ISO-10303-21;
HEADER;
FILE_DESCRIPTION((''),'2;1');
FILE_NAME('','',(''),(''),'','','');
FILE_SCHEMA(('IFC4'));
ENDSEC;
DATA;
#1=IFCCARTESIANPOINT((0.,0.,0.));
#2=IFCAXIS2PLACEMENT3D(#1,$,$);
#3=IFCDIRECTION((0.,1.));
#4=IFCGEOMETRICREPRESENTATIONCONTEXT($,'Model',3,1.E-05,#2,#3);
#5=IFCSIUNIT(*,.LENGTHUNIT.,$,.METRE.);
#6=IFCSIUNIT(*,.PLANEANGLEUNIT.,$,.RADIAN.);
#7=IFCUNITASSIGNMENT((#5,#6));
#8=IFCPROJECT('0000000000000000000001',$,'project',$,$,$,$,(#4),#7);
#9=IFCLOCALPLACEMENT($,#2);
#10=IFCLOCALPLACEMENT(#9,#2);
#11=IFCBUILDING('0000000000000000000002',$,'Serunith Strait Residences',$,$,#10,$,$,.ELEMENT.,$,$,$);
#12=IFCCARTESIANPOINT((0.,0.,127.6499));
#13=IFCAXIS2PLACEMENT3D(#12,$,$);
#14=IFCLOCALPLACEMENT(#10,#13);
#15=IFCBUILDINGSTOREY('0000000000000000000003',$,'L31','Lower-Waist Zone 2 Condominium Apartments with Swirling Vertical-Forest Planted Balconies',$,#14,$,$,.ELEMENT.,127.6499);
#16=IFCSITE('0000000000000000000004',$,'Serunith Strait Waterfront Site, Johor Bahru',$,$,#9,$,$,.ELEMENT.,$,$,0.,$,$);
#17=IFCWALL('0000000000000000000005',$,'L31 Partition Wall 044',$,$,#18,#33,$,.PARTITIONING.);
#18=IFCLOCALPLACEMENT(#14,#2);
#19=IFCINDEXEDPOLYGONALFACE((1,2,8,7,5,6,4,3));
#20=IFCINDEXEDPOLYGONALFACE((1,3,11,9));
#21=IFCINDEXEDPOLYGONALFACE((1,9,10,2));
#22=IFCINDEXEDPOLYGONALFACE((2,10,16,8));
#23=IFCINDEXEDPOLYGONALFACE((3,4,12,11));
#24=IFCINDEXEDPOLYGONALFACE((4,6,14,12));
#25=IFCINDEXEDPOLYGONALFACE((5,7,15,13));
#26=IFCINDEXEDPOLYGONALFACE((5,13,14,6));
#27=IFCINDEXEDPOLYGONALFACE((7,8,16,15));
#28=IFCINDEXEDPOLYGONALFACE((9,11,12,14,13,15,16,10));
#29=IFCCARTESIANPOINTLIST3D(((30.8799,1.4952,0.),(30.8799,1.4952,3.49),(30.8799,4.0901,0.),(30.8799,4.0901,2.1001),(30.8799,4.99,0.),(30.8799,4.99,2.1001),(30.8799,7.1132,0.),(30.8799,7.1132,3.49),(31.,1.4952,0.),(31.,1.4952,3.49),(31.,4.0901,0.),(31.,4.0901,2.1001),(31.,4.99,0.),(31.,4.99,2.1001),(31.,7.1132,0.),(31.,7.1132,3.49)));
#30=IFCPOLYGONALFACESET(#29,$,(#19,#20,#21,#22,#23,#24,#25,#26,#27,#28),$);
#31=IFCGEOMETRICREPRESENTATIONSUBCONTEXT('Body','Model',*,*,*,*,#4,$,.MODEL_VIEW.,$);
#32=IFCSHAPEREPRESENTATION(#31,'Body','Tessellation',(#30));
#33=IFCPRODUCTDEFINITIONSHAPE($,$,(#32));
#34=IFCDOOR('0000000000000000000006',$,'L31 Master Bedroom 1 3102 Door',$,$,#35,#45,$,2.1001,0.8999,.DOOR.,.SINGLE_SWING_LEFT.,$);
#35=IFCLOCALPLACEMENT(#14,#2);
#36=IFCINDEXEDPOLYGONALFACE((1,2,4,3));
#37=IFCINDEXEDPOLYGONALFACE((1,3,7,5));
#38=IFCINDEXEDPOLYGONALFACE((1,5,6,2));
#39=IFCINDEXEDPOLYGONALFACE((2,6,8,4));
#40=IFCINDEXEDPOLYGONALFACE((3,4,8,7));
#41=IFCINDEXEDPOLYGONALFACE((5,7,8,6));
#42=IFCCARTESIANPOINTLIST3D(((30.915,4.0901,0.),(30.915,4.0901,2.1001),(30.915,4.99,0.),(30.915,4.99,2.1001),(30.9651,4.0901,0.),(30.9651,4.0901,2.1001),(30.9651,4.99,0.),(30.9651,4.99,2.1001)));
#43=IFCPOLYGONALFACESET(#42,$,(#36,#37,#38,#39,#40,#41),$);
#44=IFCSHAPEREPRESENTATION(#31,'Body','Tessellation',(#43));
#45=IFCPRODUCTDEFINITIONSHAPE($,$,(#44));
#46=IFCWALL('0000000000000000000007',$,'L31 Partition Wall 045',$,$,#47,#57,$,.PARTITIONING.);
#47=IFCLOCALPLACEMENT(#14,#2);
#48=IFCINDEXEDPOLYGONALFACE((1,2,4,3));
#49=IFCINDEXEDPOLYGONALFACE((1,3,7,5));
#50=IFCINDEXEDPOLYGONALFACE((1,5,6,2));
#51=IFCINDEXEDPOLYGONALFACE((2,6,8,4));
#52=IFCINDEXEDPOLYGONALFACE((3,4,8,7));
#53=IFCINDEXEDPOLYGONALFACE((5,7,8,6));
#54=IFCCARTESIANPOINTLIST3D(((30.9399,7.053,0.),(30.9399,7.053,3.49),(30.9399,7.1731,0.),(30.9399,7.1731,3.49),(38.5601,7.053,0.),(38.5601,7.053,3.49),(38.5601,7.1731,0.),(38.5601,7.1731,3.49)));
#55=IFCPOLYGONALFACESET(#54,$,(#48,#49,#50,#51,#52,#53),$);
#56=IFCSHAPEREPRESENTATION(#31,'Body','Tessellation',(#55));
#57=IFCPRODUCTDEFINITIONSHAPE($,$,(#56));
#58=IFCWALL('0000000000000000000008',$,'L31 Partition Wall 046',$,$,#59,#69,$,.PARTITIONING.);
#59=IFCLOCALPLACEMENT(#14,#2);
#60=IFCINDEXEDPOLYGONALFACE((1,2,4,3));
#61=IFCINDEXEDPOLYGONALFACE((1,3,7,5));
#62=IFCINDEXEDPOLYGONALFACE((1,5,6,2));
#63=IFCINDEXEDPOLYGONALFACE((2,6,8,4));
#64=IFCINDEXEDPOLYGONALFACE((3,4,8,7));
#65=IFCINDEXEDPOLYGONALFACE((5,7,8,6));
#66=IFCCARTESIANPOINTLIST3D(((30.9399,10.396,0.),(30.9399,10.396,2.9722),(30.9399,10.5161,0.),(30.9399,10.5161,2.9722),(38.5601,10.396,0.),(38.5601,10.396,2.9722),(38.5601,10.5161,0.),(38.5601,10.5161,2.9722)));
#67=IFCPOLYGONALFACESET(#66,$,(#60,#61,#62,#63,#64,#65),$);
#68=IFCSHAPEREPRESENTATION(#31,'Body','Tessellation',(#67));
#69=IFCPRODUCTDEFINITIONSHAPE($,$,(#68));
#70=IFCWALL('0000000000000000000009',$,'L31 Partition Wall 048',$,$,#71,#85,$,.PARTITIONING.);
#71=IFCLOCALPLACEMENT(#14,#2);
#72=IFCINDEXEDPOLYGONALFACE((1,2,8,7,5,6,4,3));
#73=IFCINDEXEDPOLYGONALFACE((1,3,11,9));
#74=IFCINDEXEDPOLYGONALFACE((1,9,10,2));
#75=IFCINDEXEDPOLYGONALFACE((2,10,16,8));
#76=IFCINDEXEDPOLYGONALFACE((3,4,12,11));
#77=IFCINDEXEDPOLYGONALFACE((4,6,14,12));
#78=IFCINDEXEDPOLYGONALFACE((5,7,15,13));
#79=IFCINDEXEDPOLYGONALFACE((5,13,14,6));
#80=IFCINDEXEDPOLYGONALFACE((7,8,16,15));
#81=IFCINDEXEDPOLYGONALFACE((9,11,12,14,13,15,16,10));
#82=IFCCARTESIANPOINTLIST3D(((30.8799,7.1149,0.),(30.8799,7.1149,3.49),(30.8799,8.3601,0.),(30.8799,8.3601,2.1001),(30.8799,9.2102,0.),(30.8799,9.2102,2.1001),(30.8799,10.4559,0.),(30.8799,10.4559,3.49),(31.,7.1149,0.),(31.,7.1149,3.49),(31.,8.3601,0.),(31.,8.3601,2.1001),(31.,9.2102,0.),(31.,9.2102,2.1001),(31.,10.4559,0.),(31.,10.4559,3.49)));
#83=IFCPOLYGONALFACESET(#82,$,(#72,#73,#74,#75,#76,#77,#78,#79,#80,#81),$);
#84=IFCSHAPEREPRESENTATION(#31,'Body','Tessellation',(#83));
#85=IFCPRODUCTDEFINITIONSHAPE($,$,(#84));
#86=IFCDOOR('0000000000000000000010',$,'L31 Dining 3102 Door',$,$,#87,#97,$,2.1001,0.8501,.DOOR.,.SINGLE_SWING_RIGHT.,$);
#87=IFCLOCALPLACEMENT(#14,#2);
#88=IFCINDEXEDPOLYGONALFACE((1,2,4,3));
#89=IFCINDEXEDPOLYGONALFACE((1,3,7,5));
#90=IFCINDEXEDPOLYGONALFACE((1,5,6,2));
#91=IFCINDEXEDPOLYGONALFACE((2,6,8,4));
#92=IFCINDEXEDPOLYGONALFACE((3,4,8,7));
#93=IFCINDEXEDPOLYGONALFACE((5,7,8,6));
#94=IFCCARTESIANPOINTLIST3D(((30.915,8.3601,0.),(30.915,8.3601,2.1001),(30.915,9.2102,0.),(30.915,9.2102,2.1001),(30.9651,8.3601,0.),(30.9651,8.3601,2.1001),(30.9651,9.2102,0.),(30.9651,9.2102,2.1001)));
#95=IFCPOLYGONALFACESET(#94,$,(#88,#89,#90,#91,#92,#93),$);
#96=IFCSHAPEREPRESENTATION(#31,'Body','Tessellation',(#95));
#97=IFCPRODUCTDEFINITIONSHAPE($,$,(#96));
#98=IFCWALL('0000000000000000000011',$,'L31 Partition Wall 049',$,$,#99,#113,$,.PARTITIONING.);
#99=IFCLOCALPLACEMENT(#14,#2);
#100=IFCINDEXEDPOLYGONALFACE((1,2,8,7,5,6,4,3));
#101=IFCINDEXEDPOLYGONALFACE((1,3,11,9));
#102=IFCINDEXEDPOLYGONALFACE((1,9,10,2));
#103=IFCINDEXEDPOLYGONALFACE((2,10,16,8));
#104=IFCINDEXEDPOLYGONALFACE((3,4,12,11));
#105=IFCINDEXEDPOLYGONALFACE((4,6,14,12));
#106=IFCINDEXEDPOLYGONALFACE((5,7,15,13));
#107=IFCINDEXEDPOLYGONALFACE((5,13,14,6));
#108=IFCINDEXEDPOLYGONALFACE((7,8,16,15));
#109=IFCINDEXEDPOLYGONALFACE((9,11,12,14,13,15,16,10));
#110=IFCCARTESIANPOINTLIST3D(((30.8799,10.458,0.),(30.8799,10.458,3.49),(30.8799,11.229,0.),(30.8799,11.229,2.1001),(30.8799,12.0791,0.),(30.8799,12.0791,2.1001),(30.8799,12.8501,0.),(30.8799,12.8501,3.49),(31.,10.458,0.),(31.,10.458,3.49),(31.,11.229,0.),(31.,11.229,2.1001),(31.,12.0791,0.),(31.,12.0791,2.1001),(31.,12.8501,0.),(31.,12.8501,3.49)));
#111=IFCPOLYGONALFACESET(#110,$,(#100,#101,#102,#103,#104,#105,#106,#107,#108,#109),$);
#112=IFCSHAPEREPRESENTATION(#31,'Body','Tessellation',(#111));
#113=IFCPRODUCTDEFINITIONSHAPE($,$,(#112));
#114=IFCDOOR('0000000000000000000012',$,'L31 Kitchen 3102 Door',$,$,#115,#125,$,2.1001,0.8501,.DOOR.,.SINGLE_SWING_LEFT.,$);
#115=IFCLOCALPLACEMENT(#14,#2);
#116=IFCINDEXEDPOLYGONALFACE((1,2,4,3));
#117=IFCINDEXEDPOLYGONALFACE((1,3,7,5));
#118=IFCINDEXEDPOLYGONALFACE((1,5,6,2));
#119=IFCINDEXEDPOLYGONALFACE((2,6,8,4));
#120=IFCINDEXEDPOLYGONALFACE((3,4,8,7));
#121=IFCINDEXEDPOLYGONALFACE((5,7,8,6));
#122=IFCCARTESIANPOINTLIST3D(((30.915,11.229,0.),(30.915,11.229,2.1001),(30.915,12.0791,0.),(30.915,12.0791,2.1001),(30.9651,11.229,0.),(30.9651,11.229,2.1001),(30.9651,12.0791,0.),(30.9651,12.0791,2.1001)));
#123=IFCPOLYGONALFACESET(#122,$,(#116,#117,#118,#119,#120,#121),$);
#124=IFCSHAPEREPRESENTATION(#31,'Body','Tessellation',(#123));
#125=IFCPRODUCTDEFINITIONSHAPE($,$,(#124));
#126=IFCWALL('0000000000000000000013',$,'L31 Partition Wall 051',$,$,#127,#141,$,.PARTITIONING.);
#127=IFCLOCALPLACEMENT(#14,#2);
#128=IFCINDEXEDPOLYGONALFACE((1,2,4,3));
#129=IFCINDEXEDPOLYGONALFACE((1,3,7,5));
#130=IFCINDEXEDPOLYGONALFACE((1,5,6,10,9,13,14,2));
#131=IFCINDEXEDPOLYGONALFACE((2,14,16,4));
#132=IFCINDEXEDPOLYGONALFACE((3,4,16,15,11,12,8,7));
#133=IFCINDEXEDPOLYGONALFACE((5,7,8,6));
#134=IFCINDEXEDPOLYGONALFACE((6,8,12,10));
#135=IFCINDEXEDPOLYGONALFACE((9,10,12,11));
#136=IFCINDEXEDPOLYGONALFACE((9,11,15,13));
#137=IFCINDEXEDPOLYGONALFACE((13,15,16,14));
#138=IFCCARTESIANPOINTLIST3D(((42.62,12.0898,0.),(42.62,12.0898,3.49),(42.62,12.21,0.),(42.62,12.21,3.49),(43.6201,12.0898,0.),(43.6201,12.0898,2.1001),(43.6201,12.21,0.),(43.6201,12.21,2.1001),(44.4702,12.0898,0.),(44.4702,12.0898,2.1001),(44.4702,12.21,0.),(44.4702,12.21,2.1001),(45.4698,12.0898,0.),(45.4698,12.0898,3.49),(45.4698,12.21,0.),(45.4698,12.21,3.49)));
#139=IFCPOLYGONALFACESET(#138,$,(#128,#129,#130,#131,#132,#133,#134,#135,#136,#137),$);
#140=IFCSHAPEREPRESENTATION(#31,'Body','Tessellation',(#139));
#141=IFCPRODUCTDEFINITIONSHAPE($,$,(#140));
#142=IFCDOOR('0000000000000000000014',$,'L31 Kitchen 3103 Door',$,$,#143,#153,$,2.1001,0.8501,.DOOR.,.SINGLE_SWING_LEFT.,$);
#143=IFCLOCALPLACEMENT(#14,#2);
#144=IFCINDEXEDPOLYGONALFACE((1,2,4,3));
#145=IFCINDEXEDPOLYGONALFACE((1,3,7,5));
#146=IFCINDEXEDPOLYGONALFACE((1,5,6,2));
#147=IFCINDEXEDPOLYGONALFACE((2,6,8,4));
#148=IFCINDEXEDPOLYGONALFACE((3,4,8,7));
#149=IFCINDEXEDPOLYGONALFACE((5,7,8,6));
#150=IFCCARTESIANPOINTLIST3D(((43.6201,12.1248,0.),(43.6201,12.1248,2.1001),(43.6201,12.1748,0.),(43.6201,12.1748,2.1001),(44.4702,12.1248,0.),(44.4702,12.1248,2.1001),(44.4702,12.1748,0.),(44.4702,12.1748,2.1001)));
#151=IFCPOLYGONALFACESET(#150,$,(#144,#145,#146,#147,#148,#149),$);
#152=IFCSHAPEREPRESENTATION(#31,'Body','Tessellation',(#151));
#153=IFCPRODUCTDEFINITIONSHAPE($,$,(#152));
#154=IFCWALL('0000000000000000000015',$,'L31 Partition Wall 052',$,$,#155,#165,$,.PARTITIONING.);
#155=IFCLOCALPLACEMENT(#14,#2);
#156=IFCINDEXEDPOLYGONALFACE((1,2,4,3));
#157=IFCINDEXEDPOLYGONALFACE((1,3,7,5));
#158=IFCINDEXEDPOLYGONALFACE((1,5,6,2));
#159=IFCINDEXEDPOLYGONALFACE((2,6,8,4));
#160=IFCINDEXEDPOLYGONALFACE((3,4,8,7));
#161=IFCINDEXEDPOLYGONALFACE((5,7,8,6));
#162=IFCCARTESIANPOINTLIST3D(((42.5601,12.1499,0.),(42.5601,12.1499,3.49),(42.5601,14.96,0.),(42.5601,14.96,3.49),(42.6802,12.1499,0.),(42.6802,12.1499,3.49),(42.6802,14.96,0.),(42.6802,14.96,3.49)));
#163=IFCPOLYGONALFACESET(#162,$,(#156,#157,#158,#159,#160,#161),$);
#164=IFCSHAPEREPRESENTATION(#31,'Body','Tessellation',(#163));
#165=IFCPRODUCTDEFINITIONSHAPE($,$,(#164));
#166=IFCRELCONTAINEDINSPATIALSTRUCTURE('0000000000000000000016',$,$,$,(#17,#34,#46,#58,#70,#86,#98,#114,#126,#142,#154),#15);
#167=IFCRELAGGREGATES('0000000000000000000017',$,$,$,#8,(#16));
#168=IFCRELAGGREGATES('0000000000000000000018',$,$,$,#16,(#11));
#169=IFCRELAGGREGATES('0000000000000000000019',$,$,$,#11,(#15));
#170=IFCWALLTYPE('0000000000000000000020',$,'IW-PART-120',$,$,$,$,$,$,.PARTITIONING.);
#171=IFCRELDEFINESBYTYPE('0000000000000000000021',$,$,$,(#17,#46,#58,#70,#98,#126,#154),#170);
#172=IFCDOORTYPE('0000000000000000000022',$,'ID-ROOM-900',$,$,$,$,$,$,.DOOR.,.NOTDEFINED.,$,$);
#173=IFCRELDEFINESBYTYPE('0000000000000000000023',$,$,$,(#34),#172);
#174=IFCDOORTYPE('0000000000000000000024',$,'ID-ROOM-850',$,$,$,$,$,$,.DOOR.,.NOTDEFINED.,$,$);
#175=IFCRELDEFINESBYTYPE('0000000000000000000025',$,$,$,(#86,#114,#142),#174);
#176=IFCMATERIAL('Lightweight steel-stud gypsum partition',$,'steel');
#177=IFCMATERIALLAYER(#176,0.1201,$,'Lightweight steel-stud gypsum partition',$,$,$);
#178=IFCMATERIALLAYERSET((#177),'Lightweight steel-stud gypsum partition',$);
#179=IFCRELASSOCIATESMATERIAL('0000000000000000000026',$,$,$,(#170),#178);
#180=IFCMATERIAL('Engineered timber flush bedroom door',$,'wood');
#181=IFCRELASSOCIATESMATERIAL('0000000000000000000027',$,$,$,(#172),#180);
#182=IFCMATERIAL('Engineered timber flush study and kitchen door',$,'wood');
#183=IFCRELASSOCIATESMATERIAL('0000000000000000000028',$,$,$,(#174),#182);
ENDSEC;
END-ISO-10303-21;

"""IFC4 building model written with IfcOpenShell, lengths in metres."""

from ifc_helpers import new_model, si_unit, direction, frame, frame_2d, origin, place, context, subcontext, project, spatial, rectangle, extrude, source, transform, mapped, material, layer, layer_set, type_object, element, fill, save


model = new_model("IFC4")

# Units and contexts
model_context = context("Model", 3, precision=1e-05, world=origin(), true_north=direction((0.0, 1.0)))
body_context = subcontext(model_context, "Body", "Model", "MODEL_VIEW")
ifc_project = project(units=[si_unit("LENGTHUNIT", "METRE"), si_unit("PLANEANGLEUNIT", "RADIAN")], contexts=[model_context])

# Site, building, storey
site_placement = place(None, origin())
site = spatial("IfcSite", under=ifc_project, at=site_placement, Name="Serunith Strait Waterfront Site, Johor Bahru", CompositionType="ELEMENT", RefElevation=0.0)
building_placement = place(site_placement, origin())
building = spatial("IfcBuilding", under=site, at=building_placement, Name="Serunith Strait Residences", CompositionType="ELEMENT")
storey_placement = place(building_placement, frame((0.0, 0.0, 127.6499)))
storey = spatial("IfcBuildingStorey", under=building, at=storey_placement, Name="L31", Description="Lower-Waist Zone 2 Condominium Apartments with Swirling Vertical-Forest Planted Balconies", CompositionType="ELEMENT", Elevation=127.6499)

# Wall, opening, door
ifc_material_1 = material(Name="Lightweight steel-stud gypsum partition", Category="steel")
ifc_layer_1 = layer(ifc_material_1, 0.1201, Name="Lightweight steel-stud gypsum partition")
ifc_layer_set_1 = layer_set([ifc_layer_1], Name="Lightweight steel-stud gypsum partition")
wall_type_1 = type_object("IfcWallType", Name="IW-PART-120", PredefinedType="PARTITIONING", material=ifc_layer_set_1)
wall_1_placement = place(storey_placement, frame((30.9399, 1.4951, 0.0), z_axis=(0.0, 0.0, 1.0), x_axis=(0.0, 1.0, 0.0)))
wall_1 = element("IfcWall", 1, at=wall_1_placement, inside=storey, type_object=wall_type_1, Name="L31 Partition Wall 044", PredefinedType="PARTITIONING", context=body_context, shape_type="SweptSolid", body=[
    extrude(rectangle(XDim=5.6179, YDim=0.1201, at=frame_2d((2.8091, 0.0))), origin(), (0.0, 0.0, 1.0), 3.49),
])
opening_1_placement = place(wall_1_placement, frame((2.595, 0.0, 0.0)))
opening_1 = element("IfcOpeningElement", 2, at=opening_1_placement, cuts=wall_1, PredefinedType="OPENING", context=body_context, shape_type="SweptSolid", body=[
    extrude(rectangle(XDim=0.8999, YDim=2.1001, at=frame_2d((0.45, 1.05))), frame((0.0, 0.0701, 0.0), z_axis=(0.0, -1.0, 0.0), x_axis=(1.0, 0.0, 0.0)), (0.0, 0.0, 1.0), 0.1401),
])
ifc_material_2 = material(Name="Engineered timber flush bedroom door", Category="wood")
door_type_1 = type_object("IfcDoorType", Name="ID-ROOM-900", OperationType="NOTDEFINED", PredefinedType="DOOR", material=ifc_material_2)
shared_shape_1 = source(origin(), body_context, "Body", "SweptSolid", [
    extrude(rectangle(XDim=0.8999, YDim=2.1001, at=frame_2d((0.45, 1.05))), frame((0.0, 0.0249, 0.0), z_axis=(0.0, -1.0, 0.0), x_axis=(1.0, 0.0, 0.0)), (0.0, 0.0, 1.0), 0.05),
])
door_1_placement = place(opening_1_placement, origin())
door_1 = element("IfcDoor", 3, at=door_1_placement, inside=storey, type_object=door_type_1, Name="L31 Master Bedroom 1 3102 Door", OperationType="SINGLE_SWING_LEFT", OverallHeight=2.1001, OverallWidth=0.8999, PredefinedType="DOOR", context=body_context, shape_type="MappedRepresentation", body=[
    mapped(shared_shape_1, transform((0.0, 0.0, 0.0), scale=1.0)),
])
fill(opening_1, door_1)

# Walls
wall_2_placement = place(storey_placement, frame((30.9399, 7.113, 0.0), z_axis=(0.0, 0.0, 1.0), x_axis=(1.0, 0.0, 0.0)))
element("IfcWall", 4, at=wall_2_placement, inside=storey, type_object=wall_type_1, Name="L31 Partition Wall 045", PredefinedType="PARTITIONING", context=body_context, shape_type="SweptSolid", body=[
    extrude(rectangle(XDim=7.6201, YDim=0.1201, at=frame_2d((3.8101, 0.0))), origin(), (0.0, 0.0, 1.0), 3.49),
])
wall_3_placement = place(storey_placement, frame((30.9399, 10.4561, 0.0), z_axis=(0.0, 0.0, 1.0), x_axis=(1.0, 0.0, 0.0)))
element("IfcWall", 5, at=wall_3_placement, inside=storey, type_object=wall_type_1, Name="L31 Partition Wall 046", PredefinedType="PARTITIONING", context=body_context, shape_type="SweptSolid", body=[
    extrude(rectangle(XDim=7.6201, YDim=0.1201, at=frame_2d((3.8101, 0.0))), origin(), (0.0, 0.0, 1.0), 2.9722),
])

# Walls, openings, doors
wall_4_placement = place(storey_placement, frame((30.9399, 7.115, 0.0), z_axis=(0.0, 0.0, 1.0), x_axis=(0.0, 1.0, 0.0)))
wall_4 = element("IfcWall", 6, at=wall_4_placement, inside=storey, type_object=wall_type_1, Name="L31 Partition Wall 048", PredefinedType="PARTITIONING", context=body_context, shape_type="SweptSolid", body=[
    extrude(rectangle(XDim=3.3411, YDim=0.1201, at=frame_2d((1.6704, 0.0))), origin(), (0.0, 0.0, 1.0), 3.49),
])
opening_2_placement = place(wall_4_placement, frame((1.2451, 0.0, 0.0)))
opening_2 = element("IfcOpeningElement", 7, at=opening_2_placement, cuts=wall_4, PredefinedType="OPENING", context=body_context, shape_type="SweptSolid", body=[
    extrude(rectangle(XDim=0.8501, YDim=2.1001, at=frame_2d((0.425, 1.05))), frame((0.0, 0.0701, 0.0), z_axis=(0.0, -1.0, 0.0), x_axis=(1.0, 0.0, 0.0)), (0.0, 0.0, 1.0), 0.1401),
])
ifc_material_3 = material(Name="Engineered timber flush study and kitchen door", Category="wood")
door_type_2 = type_object("IfcDoorType", Name="ID-ROOM-850", OperationType="NOTDEFINED", PredefinedType="DOOR", material=ifc_material_3)
shared_shape_2 = source(origin(), body_context, "Body", "SweptSolid", [
    extrude(rectangle(XDim=0.8501, YDim=2.1001, at=frame_2d((0.425, 1.05))), frame((0.0, 0.0249, 0.0), z_axis=(0.0, -1.0, 0.0), x_axis=(1.0, 0.0, 0.0)), (0.0, 0.0, 1.0), 0.05),
])
door_2_placement = place(opening_2_placement, origin())
door_2 = element("IfcDoor", 8, at=door_2_placement, inside=storey, type_object=door_type_2, Name="L31 Dining 3102 Door", OperationType="SINGLE_SWING_RIGHT", OverallHeight=2.1001, OverallWidth=0.8501, PredefinedType="DOOR", context=body_context, shape_type="MappedRepresentation", body=[
    mapped(shared_shape_2, transform((0.0, 0.0, 0.0), scale=1.0)),
])
fill(opening_2, door_2)
wall_5_placement = place(storey_placement, frame((30.9399, 10.458, 0.0), z_axis=(0.0, 0.0, 1.0), x_axis=(0.0, 1.0, 0.0)))
wall_5 = element("IfcWall", 9, at=wall_5_placement, inside=storey, type_object=wall_type_1, Name="L31 Partition Wall 049", PredefinedType="PARTITIONING", context=body_context, shape_type="SweptSolid", body=[
    extrude(rectangle(XDim=2.3921, YDim=0.1201, at=frame_2d((1.196, 0.0))), origin(), (0.0, 0.0, 1.0), 3.49),
])
opening_3_placement = place(wall_5_placement, frame((0.771, 0.0, 0.0)))
opening_3 = element("IfcOpeningElement", 10, at=opening_3_placement, cuts=wall_5, PredefinedType="OPENING", context=body_context, shape_type="SweptSolid", body=[
    extrude(rectangle(XDim=0.8501, YDim=2.1001, at=frame_2d((0.425, 1.05))), frame((0.0, 0.0701, 0.0), z_axis=(0.0, -1.0, 0.0), x_axis=(1.0, 0.0, 0.0)), (0.0, 0.0, 1.0), 0.1401),
])
door_3_placement = place(opening_3_placement, origin())
door_3 = element("IfcDoor", 11, at=door_3_placement, inside=storey, type_object=door_type_2, Name="L31 Kitchen 3102 Door", OperationType="SINGLE_SWING_LEFT", OverallHeight=2.1001, OverallWidth=0.8501, PredefinedType="DOOR", context=body_context, shape_type="MappedRepresentation", body=[
    mapped(shared_shape_2, transform((0.0, 0.0, 0.0), scale=1.0)),
])
fill(opening_3, door_3)
wall_6_placement = place(storey_placement, frame((42.6201, 12.1499, 0.0), z_axis=(0.0, 0.0, 1.0), x_axis=(1.0, 0.0, 0.0)))
wall_6 = element("IfcWall", 12, at=wall_6_placement, inside=storey, type_object=wall_type_1, Name="L31 Partition Wall 051", PredefinedType="PARTITIONING", context=body_context, shape_type="SweptSolid", body=[
    extrude(rectangle(XDim=2.8499, YDim=0.1201, at=frame_2d((1.4248, 0.0))), origin(), (0.0, 0.0, 1.0), 3.49),
])
opening_4_placement = place(wall_6_placement, frame((1.0, 0.0, 0.0)))
opening_4 = element("IfcOpeningElement", 13, at=opening_4_placement, cuts=wall_6, PredefinedType="OPENING", context=body_context, shape_type="SweptSolid", body=[
    extrude(rectangle(XDim=0.8501, YDim=2.1001, at=frame_2d((0.425, 1.05))), frame((0.0, 0.0701, 0.0), z_axis=(0.0, -1.0, 0.0), x_axis=(1.0, 0.0, 0.0)), (0.0, 0.0, 1.0), 0.1401),
])
door_4_placement = place(opening_4_placement, origin())
door_4 = element("IfcDoor", 14, at=door_4_placement, inside=storey, type_object=door_type_2, Name="L31 Kitchen 3103 Door", OperationType="SINGLE_SWING_LEFT", OverallHeight=2.1001, OverallWidth=0.8501, PredefinedType="DOOR", context=body_context, shape_type="MappedRepresentation", body=[
    mapped(shared_shape_2, transform((0.0, 0.0, 0.0), scale=1.0)),
])
fill(opening_4, door_4)

# Wall
wall_7_placement = place(storey_placement, frame((42.6201, 12.1499, 0.0), z_axis=(0.0, 0.0, 1.0), x_axis=(0.0, 1.0, 0.0)))
element("IfcWall", 15, at=wall_7_placement, inside=storey, type_object=wall_type_1, Name="L31 Partition Wall 052", PredefinedType="PARTITIONING", context=body_context, shape_type="SweptSolid", body=[
    extrude(rectangle(XDim=2.8101, YDim=0.1201, at=frame_2d((1.405, 0.0))), origin(), (0.0, 0.0, 1.0), 3.49),
])

save(model, "model.ifc")
